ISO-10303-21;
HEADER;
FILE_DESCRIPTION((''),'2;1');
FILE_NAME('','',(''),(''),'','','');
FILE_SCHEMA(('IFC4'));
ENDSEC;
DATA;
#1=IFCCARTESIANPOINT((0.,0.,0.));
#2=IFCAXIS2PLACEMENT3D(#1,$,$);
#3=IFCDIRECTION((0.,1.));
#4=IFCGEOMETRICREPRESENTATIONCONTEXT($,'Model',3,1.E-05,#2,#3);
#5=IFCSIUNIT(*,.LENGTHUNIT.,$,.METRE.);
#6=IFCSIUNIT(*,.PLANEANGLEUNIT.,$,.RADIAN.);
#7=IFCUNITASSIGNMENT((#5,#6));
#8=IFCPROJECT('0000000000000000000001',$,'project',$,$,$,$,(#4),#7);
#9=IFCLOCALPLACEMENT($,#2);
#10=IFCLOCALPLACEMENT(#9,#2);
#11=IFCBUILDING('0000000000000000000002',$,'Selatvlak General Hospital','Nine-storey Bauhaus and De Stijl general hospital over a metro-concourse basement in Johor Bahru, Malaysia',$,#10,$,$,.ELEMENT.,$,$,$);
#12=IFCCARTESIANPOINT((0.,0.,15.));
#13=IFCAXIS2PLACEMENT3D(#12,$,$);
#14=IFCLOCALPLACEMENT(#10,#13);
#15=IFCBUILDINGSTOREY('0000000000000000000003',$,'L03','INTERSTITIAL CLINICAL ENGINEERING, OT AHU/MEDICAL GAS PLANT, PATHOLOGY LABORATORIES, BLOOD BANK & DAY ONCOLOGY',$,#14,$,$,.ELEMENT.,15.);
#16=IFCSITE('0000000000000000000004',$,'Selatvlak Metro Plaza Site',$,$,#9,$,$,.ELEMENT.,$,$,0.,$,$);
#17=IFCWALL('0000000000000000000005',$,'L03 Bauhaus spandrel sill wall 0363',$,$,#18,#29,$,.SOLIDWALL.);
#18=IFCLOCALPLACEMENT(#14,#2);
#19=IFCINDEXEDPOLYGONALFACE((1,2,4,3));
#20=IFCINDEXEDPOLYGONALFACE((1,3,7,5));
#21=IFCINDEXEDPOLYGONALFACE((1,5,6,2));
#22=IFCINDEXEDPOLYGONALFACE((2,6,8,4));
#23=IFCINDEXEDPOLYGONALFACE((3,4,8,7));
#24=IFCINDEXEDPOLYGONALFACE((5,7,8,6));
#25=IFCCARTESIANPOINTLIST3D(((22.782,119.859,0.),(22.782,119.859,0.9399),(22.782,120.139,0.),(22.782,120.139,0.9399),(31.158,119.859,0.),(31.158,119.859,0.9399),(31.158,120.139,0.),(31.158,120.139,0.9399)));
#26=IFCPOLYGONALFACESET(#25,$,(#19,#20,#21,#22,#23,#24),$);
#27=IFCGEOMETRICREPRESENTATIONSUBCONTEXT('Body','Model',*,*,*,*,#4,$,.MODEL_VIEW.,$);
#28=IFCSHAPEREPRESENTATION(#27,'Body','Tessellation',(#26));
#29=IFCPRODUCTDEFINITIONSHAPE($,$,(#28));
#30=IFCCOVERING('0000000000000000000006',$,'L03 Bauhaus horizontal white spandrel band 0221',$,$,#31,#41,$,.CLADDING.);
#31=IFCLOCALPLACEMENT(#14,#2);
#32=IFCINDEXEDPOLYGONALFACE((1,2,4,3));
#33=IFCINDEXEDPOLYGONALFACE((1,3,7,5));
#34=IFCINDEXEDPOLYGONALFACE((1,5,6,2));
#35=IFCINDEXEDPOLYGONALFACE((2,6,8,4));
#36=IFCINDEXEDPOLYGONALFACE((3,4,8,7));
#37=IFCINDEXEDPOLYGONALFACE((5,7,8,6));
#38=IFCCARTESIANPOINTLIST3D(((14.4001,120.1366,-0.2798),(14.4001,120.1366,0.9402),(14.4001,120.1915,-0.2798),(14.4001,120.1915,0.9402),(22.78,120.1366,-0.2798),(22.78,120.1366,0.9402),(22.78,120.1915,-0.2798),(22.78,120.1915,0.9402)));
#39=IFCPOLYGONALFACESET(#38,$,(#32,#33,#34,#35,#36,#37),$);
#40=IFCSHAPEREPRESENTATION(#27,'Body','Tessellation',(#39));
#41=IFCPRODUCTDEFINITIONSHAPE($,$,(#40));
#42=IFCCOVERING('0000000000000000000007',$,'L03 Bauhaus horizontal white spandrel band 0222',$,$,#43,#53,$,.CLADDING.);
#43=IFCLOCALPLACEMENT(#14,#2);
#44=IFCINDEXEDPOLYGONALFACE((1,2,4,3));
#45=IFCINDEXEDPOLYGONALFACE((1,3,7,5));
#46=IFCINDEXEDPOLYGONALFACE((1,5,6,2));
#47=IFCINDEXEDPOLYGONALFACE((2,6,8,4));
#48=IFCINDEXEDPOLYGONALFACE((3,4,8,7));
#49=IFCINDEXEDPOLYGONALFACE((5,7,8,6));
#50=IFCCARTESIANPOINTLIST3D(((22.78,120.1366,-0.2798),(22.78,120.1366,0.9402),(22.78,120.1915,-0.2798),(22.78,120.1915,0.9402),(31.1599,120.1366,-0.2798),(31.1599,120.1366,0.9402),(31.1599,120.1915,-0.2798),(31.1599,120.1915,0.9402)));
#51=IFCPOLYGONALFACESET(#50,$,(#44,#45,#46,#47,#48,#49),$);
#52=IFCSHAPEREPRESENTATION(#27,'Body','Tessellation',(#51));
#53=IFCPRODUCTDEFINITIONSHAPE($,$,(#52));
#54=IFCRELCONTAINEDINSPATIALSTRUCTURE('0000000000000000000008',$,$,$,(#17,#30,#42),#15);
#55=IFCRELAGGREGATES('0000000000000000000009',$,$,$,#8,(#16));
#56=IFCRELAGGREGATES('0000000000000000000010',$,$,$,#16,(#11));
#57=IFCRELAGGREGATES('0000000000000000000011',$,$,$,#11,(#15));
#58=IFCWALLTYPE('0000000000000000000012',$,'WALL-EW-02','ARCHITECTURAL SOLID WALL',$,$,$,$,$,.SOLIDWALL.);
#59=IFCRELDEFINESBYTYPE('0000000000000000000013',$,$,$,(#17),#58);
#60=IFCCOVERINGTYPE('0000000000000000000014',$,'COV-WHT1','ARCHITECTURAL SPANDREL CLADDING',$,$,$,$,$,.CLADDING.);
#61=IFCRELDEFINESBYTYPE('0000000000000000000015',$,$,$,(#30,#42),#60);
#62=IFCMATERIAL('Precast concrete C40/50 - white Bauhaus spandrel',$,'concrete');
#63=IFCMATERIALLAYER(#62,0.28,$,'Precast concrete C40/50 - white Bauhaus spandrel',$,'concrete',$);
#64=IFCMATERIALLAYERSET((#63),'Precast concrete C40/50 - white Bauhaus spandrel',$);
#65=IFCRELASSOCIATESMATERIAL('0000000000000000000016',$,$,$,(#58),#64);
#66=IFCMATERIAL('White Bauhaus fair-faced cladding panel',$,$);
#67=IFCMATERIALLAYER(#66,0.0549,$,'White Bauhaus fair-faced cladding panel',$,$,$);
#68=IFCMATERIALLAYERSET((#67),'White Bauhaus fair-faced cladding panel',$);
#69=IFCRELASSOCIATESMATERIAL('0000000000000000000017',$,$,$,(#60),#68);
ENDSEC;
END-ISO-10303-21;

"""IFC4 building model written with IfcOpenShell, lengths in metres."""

from ifc_helpers import new_model, si_unit, direction, frame, frame_2d, origin, origin_2d, place, context, subcontext, project, spatial, rectangle, extrude, material, layer, layer_set, type_object, element, save


model = new_model("IFC4")

# Units and contexts
model_context = context("Model", 3, precision=1e-05, world=origin(), true_north=direction((0.0, 1.0)))
body_context = subcontext(model_context, "Body", "Model", "MODEL_VIEW")
ifc_project = project(units=[si_unit("LENGTHUNIT", "METRE"), si_unit("PLANEANGLEUNIT", "RADIAN")], contexts=[model_context])

# Site, building, storey
site_placement = place(None, origin())
site = spatial("IfcSite", under=ifc_project, at=site_placement, Name="Selatvlak Metro Plaza Site", CompositionType="ELEMENT", RefElevation=0.0)
building_placement = place(site_placement, origin())
building = spatial("IfcBuilding", under=site, at=building_placement, Name="Selatvlak General Hospital", Description="Nine-storey Bauhaus and De Stijl general hospital over a metro-concourse basement in Johor Bahru, Malaysia", CompositionType="ELEMENT")
storey_placement = place(building_placement, frame((0.0, 0.0, 15.0)))
storey = spatial("IfcBuildingStorey", under=building, at=storey_placement, Name="L03", Description="INTERSTITIAL CLINICAL ENGINEERING, OT AHU/MEDICAL GAS PLANT, PATHOLOGY LABORATORIES, BLOOD BANK & DAY ONCOLOGY", CompositionType="ELEMENT", Elevation=15.0)

# Wall
ifc_material_1 = material(Name="Precast concrete C40/50 - white Bauhaus spandrel", Category="concrete")
ifc_layer_1 = layer(ifc_material_1, 0.28, Name="Precast concrete C40/50 - white Bauhaus spandrel", Category="concrete")
ifc_layer_set_1 = layer_set([ifc_layer_1], Name="Precast concrete C40/50 - white Bauhaus spandrel")
wall_type_1 = type_object("IfcWallType", Name="WALL-EW-02", Description="ARCHITECTURAL SOLID WALL", PredefinedType="SOLIDWALL", material=ifc_layer_set_1)
wall_1_placement = place(storey_placement, frame((22.782, 119.999, 0.0), z_axis=(0.0, 0.0, 1.0), x_axis=(1.0, 0.0, 0.0)))
element("IfcWall", 1, at=wall_1_placement, inside=storey, type_object=wall_type_1, Name="L03 Bauhaus spandrel sill wall 0363", PredefinedType="SOLIDWALL", context=body_context, shape_type="SweptSolid", body=[
    extrude(rectangle(XDim=8.376, YDim=0.28, at=frame_2d((4.188, 0.0))), origin(), (0.0, 0.0, 1.0), 0.9399),
])

# Coverings
ifc_material_2 = material(Name="White Bauhaus fair-faced cladding panel")
ifc_layer_2 = layer(ifc_material_2, 0.0549, Name="White Bauhaus fair-faced cladding panel")
ifc_layer_set_2 = layer_set([ifc_layer_2], Name="White Bauhaus fair-faced cladding panel")
covering_type = type_object("IfcCoveringType", Name="COV-WHT1", Description="ARCHITECTURAL SPANDREL CLADDING", PredefinedType="CLADDING", material=ifc_layer_set_2)
for number, where, z_axis, x_axis, name in (
    (2, (18.5901, 120.1641, -0.2798), (0.0, 0.0, 1.0), (1.0, 0.0, 0.0), "L03 Bauhaus horizontal white spandrel band 0221"),
    (3, (26.97, 120.1641, -0.2798), (0.0, 0.0, 1.0), (1.0, 0.0, 0.0), "L03 Bauhaus horizontal white spandrel band 0222"),
):
    element("IfcCovering", number, at=place(storey_placement, frame(where, z_axis=z_axis, x_axis=x_axis)), inside=storey, type_object=covering_type, Name=name, PredefinedType="CLADDING", context=body_context, shape_type="SweptSolid", body=[
        extrude(rectangle(XDim=8.3799, YDim=0.0549, at=origin_2d()), origin(), (0.0, 0.0, 1.0), 1.22),
    ])

save(model, "model.ifc")
